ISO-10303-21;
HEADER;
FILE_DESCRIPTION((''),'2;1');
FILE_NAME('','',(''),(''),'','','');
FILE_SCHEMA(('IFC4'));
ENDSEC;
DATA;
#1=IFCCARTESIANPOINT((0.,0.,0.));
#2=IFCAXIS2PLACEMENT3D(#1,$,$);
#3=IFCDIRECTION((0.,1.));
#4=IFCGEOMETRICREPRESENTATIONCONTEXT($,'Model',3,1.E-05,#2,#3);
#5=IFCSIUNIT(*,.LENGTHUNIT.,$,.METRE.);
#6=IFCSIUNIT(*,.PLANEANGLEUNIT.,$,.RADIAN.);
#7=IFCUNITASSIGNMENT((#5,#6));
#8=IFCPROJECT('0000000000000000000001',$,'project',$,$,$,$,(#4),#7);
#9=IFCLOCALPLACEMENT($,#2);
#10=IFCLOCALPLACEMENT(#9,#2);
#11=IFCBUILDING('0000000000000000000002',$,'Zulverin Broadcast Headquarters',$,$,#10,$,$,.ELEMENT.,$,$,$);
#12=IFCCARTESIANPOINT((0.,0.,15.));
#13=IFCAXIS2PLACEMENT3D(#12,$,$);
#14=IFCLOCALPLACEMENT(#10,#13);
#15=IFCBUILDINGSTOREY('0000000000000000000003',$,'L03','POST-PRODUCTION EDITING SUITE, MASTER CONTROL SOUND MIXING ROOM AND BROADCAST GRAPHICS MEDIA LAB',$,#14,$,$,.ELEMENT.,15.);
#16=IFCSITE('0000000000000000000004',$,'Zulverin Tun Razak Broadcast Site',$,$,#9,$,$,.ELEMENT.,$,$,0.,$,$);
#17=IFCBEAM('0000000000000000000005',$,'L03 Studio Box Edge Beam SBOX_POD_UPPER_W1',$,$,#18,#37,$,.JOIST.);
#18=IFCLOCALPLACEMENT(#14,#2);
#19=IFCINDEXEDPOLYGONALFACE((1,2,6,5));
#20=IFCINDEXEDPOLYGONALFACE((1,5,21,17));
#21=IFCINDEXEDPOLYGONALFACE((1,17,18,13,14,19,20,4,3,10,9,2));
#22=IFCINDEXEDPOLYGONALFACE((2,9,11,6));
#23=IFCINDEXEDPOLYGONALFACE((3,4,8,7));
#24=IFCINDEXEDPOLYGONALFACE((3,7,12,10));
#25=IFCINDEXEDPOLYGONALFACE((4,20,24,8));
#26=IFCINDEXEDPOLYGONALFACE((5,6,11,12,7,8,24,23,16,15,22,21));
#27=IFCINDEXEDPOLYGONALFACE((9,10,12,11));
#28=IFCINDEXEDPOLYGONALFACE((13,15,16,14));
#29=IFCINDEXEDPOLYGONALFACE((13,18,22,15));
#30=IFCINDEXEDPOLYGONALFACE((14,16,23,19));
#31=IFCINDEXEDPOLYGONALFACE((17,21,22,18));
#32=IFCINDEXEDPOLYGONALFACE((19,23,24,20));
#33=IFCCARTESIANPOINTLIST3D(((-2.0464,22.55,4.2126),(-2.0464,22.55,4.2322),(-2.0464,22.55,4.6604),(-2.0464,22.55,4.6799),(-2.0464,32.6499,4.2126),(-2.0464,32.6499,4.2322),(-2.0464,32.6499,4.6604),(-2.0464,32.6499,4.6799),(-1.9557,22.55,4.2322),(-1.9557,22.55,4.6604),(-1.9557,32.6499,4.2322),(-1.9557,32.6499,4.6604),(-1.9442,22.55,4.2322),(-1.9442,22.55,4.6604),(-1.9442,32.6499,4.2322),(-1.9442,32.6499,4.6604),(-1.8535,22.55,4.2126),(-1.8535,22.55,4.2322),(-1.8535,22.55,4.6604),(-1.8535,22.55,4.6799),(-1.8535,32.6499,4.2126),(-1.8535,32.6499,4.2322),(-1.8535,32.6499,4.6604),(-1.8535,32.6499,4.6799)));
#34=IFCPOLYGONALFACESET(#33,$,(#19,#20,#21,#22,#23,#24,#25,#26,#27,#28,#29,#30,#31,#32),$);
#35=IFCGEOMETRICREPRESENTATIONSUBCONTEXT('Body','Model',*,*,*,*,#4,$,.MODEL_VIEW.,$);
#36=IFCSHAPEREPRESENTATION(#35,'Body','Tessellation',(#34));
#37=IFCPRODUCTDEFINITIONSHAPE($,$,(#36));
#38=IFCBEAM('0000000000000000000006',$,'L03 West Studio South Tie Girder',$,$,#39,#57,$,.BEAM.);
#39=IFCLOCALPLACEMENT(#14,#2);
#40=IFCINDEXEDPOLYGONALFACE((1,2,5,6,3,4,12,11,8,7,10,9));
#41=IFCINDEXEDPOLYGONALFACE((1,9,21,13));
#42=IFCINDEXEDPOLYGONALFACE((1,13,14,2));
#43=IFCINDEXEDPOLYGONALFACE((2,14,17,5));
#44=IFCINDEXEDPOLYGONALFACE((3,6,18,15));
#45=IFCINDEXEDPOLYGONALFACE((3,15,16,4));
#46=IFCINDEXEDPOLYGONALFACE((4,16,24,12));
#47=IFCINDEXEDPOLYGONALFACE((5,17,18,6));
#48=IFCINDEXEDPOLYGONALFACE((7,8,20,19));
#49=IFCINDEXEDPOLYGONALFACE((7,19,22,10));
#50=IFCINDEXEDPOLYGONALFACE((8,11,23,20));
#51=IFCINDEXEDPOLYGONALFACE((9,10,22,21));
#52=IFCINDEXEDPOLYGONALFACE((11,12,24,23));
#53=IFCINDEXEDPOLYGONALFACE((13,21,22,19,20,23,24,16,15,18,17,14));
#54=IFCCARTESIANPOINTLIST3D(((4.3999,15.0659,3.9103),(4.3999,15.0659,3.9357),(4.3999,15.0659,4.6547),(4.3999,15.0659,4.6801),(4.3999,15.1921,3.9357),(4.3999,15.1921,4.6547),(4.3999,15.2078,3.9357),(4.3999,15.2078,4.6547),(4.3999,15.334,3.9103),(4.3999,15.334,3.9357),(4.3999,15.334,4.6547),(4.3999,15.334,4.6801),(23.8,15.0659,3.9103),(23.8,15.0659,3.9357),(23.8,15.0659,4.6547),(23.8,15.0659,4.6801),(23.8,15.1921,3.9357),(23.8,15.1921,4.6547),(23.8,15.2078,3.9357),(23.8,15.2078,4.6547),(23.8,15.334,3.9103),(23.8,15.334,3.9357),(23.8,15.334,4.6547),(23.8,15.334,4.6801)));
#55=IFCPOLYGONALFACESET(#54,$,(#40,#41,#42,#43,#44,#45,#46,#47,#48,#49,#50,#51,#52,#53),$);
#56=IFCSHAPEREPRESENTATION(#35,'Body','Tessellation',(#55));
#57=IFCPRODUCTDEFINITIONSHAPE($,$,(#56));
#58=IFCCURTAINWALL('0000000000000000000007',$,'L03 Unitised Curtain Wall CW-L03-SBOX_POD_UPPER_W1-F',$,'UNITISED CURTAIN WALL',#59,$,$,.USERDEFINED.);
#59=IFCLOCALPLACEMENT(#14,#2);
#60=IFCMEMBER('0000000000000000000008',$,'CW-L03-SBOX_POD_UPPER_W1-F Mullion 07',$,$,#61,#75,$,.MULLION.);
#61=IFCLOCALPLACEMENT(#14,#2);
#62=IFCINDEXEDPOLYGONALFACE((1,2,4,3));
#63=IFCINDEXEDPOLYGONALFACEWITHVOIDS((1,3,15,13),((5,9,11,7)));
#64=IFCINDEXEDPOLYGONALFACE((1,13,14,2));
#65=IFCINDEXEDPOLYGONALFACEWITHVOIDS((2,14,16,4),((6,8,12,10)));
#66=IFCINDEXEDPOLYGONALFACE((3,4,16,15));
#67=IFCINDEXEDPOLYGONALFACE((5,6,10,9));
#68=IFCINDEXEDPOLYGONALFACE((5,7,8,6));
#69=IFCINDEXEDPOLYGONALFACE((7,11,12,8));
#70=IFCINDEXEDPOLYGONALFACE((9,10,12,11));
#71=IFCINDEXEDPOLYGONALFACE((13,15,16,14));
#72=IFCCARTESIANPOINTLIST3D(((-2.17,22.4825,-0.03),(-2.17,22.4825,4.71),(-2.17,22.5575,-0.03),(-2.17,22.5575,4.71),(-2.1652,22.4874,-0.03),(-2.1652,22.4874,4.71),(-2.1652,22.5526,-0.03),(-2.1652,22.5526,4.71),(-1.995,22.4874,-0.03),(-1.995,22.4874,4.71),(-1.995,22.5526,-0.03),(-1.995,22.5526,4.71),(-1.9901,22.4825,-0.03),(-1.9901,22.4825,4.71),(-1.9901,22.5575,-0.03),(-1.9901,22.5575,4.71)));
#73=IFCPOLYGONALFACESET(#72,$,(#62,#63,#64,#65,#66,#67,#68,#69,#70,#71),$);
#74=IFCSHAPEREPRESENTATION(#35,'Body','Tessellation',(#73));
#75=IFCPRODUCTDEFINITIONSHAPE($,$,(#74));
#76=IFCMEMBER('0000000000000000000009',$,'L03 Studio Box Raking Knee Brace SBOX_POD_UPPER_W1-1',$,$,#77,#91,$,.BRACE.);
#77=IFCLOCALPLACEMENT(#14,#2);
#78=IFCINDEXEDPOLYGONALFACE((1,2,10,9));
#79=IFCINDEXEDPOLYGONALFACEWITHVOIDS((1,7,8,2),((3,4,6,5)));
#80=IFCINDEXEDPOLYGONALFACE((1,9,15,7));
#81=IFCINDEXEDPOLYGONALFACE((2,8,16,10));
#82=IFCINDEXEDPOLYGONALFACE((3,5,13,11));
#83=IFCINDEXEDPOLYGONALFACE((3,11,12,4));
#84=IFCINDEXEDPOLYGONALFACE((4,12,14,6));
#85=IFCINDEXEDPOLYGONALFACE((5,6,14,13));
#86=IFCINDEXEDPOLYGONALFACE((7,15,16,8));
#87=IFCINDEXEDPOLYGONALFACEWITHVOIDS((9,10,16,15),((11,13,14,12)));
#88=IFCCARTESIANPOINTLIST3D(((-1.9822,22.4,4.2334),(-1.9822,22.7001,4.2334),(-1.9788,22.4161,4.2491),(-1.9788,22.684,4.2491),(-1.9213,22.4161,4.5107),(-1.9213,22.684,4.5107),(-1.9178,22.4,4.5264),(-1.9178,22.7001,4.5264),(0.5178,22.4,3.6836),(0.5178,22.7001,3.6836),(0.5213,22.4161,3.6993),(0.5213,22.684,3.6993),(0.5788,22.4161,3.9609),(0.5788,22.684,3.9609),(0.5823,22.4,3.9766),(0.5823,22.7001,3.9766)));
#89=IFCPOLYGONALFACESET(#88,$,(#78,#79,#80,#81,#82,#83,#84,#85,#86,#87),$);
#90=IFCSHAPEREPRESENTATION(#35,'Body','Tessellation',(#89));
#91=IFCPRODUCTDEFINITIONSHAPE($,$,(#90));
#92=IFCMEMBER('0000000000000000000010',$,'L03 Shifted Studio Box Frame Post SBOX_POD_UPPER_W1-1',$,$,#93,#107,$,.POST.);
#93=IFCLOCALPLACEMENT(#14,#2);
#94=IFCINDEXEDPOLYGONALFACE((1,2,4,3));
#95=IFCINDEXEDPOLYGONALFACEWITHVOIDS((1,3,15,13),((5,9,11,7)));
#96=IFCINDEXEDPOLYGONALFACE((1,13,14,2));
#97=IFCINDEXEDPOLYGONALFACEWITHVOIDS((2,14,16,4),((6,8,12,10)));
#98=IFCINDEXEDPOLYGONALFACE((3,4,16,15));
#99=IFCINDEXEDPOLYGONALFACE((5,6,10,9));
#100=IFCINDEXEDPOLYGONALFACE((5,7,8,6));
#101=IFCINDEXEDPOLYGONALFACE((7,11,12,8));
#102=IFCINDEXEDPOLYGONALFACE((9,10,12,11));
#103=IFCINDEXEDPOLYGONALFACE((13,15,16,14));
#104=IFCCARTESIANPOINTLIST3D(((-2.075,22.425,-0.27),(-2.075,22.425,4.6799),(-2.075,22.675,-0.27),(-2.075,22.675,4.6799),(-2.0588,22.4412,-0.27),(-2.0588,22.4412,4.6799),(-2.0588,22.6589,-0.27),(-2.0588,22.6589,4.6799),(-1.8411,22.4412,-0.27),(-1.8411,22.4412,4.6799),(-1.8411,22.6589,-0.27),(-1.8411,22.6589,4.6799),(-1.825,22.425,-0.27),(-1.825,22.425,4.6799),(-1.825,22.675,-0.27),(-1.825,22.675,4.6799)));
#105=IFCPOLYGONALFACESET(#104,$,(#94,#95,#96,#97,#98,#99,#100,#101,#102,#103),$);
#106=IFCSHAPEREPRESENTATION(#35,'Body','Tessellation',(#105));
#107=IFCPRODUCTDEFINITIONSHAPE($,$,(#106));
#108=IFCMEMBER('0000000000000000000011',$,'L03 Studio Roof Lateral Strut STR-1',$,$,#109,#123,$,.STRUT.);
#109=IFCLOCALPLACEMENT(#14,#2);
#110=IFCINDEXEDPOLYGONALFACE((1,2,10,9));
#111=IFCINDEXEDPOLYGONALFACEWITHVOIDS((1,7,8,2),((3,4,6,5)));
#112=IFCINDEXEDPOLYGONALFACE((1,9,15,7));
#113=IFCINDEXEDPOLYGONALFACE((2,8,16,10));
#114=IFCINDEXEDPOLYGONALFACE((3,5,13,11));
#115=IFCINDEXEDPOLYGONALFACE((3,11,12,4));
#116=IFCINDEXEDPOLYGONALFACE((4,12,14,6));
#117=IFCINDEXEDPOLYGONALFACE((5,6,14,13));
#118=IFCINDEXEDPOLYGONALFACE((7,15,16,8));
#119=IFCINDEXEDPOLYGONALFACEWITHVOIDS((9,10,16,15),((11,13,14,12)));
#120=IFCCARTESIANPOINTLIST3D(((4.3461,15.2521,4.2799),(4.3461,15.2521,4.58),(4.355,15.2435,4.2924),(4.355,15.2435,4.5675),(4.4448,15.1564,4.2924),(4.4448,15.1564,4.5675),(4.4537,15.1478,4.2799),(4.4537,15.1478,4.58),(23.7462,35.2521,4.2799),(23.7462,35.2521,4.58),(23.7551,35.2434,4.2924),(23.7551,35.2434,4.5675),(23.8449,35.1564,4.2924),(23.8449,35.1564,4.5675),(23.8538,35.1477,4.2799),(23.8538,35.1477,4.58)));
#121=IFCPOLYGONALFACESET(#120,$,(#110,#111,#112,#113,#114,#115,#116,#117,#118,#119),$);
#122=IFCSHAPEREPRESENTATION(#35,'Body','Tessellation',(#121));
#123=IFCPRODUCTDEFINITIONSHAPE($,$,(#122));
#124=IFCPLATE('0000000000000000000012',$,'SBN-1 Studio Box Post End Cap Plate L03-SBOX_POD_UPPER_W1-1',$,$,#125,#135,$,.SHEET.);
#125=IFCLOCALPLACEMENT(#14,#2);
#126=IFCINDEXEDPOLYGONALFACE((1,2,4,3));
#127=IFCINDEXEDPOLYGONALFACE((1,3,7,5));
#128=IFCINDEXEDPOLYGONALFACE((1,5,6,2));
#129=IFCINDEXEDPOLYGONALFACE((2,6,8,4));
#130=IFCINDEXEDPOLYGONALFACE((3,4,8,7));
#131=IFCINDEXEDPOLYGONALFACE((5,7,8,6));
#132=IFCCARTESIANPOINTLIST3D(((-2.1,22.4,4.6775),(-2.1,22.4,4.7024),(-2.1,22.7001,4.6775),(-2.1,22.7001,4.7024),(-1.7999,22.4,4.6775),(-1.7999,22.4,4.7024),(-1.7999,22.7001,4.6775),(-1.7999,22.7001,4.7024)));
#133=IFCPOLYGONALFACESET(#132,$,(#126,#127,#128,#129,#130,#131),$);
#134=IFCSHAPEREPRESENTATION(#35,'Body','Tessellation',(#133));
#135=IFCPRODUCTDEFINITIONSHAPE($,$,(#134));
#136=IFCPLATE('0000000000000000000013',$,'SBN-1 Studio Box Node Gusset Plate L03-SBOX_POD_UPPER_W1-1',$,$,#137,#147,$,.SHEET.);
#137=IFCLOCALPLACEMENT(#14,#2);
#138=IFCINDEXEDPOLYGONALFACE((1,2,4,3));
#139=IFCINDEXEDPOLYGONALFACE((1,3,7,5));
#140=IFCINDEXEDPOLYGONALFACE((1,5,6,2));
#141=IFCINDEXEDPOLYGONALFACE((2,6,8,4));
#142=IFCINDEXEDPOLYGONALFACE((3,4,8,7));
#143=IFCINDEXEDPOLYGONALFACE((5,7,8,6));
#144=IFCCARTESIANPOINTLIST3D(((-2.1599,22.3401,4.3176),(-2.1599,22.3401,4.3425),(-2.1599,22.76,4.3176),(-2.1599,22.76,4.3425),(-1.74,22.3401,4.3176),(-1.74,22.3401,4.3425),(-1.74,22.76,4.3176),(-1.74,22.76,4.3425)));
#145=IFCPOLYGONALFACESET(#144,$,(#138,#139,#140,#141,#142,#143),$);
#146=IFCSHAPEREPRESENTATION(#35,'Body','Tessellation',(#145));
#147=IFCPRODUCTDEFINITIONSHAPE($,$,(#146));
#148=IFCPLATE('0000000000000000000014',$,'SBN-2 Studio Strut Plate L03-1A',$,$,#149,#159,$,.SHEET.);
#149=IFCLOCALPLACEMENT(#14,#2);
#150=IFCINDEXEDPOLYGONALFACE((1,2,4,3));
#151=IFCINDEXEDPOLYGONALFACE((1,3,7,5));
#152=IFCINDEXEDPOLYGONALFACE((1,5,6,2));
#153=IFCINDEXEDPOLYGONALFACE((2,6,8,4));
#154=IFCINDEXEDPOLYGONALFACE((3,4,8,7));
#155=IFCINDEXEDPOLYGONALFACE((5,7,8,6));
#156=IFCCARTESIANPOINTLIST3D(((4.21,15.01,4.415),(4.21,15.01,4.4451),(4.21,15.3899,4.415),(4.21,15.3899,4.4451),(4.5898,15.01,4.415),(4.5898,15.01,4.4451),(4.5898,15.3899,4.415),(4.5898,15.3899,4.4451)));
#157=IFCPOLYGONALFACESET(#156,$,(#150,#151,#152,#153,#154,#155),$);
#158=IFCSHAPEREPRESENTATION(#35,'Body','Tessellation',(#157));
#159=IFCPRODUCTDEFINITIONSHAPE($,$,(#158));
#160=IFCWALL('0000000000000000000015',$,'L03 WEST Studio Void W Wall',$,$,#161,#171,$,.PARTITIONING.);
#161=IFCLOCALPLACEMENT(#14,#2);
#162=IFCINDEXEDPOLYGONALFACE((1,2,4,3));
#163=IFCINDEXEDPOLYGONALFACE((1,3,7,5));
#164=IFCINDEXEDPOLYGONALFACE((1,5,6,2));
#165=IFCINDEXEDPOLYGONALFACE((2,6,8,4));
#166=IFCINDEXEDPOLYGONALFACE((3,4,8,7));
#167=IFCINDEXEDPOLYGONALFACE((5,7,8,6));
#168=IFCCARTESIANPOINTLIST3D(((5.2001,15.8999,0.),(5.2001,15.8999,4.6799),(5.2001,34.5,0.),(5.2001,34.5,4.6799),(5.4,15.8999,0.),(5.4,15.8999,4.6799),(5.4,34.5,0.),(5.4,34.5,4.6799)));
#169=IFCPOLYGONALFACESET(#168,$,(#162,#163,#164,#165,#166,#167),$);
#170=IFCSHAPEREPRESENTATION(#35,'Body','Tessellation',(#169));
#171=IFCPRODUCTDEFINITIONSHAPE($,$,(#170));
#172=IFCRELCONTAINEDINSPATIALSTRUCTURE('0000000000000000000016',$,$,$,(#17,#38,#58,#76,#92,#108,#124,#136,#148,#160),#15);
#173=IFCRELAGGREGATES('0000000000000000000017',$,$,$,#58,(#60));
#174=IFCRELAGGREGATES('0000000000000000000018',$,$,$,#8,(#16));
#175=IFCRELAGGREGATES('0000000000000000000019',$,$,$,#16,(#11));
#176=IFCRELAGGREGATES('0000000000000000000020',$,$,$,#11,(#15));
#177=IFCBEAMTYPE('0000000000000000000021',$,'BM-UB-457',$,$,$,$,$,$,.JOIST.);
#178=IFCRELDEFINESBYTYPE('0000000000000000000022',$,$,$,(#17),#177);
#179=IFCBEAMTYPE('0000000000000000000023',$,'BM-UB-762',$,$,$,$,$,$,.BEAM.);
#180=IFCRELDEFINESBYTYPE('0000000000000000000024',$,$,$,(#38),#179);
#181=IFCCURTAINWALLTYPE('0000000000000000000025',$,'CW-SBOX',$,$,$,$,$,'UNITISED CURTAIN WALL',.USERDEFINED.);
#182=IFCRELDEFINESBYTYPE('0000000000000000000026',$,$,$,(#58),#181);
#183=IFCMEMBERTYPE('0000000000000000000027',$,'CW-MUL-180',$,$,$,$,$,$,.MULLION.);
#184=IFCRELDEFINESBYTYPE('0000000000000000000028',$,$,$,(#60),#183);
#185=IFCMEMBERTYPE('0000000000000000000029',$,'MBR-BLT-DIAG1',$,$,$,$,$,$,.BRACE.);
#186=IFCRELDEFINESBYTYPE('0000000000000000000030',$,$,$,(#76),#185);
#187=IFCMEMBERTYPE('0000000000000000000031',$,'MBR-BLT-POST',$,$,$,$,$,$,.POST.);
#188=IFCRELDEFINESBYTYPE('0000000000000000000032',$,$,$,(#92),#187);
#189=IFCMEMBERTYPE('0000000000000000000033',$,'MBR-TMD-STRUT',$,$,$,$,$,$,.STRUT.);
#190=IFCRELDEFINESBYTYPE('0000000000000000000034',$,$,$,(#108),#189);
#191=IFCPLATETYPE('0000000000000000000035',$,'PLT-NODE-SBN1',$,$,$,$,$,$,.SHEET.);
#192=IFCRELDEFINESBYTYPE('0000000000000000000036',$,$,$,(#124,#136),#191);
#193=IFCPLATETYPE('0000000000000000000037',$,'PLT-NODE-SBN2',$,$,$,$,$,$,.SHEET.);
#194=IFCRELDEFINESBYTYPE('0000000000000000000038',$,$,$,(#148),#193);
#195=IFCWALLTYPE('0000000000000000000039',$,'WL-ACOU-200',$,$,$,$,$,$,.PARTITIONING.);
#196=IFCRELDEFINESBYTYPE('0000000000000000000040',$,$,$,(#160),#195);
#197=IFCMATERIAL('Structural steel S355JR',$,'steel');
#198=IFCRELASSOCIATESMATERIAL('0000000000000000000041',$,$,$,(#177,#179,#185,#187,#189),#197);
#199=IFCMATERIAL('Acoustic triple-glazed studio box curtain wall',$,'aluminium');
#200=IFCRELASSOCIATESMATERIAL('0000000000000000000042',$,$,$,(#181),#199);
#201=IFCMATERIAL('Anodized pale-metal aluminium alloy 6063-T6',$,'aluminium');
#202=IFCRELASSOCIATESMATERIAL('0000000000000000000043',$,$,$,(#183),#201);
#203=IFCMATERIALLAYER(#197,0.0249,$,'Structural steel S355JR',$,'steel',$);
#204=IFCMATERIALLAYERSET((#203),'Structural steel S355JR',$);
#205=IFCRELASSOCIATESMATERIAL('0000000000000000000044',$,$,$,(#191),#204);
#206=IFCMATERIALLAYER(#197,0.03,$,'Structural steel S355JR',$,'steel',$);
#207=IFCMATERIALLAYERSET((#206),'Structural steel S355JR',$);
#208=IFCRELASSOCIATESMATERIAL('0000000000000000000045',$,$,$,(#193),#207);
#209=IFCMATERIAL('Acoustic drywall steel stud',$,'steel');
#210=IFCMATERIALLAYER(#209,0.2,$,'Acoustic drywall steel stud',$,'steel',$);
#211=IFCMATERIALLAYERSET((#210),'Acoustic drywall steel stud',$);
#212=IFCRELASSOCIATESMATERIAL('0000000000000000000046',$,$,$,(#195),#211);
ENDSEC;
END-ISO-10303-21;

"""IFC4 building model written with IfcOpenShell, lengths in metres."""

from ifc_helpers import new_model, si_unit, direction, frame, frame_2d, origin, origin_2d, place, context, subcontext, project, spatial, rectangle, hollow_rectangle, i_section, extrude, material, layer, layer_set, material_profile, profile_set, type_object, element, aggregate, save


model = new_model("IFC4")

# Units and contexts
model_context = context("Model", 3, precision=1e-05, world=origin(), true_north=direction((0.0, 1.0)))
body_context = subcontext(model_context, "Body", "Model", "MODEL_VIEW")
ifc_project = project(units=[si_unit("LENGTHUNIT", "METRE"), si_unit("PLANEANGLEUNIT", "RADIAN")], contexts=[model_context])

# Site, building, storey
site_placement = place(None, origin())
site = spatial("IfcSite", under=ifc_project, at=site_placement, Name="Zulverin Tun Razak Broadcast Site", CompositionType="ELEMENT", RefElevation=0.0)
building_placement = place(site_placement, origin())
building = spatial("IfcBuilding", under=site, at=building_placement, Name="Zulverin Broadcast Headquarters", CompositionType="ELEMENT")
storey_placement = place(building_placement, frame((0.0, 0.0, 15.0)))
storey = spatial("IfcBuildingStorey", under=building, at=storey_placement, Name="L03", Description="POST-PRODUCTION EDITING SUITE, MASTER CONTROL SOUND MIXING ROOM AND BROADCAST GRAPHICS MEDIA LAB", CompositionType="ELEMENT", Elevation=15.0)

# Beams
ifc_material_1 = material(Name="Structural steel S355JR", Category="steel")
ifc_material_profile_1 = material_profile(ifc_material_1, i_section(OverallWidth=0.1929, OverallDepth=0.4673, WebThickness=0.0115, FlangeThickness=0.0195, at=origin_2d()), Name="Structural steel S355JR", Category="steel")
ifc_profile_set_1 = profile_set([ifc_material_profile_1], Name="Structural steel S355JR")
beam_type_1 = type_object("IfcBeamType", Name="BM-UB-457", PredefinedType="JOIST", material=ifc_profile_set_1)
beam_1_placement = place(storey_placement, frame((-1.95, 22.55, 4.4463), z_axis=(0.0, 1.0, 0.0), x_axis=(-1.0, 0.0, 0.0)))
element("IfcBeam", 1, at=beam_1_placement, inside=storey, type_object=beam_type_1, Name="L03 Studio Box Edge Beam SBOX_POD_UPPER_W1", PredefinedType="JOIST", context=body_context, shape_type="SweptSolid", body=[
    extrude(i_section(OverallWidth=0.1929, OverallDepth=0.4673, WebThickness=0.0115, FlangeThickness=0.0195, at=origin_2d()), origin(), (0.0, 0.0, 1.0), 10.0999),
])
ifc_material_profile_2 = material_profile(ifc_material_1, i_section(OverallWidth=0.2681, OverallDepth=0.7698, WebThickness=0.0156, FlangeThickness=0.0254, at=origin_2d()), Name="Structural steel S355JR", Category="steel")
ifc_profile_set_2 = profile_set([ifc_material_profile_2], Name="Structural steel S355JR")
beam_type_2 = type_object("IfcBeamType", Name="BM-UB-762", PredefinedType="BEAM", material=ifc_profile_set_2)
beam_2_placement = place(storey_placement, frame((4.3999, 15.2, 4.2952), z_axis=(1.0, 0.0, 0.0), x_axis=(0.0, 1.0, 0.0)))
element("IfcBeam", 2, at=beam_2_placement, inside=storey, type_object=beam_type_2, Name="L03 West Studio South Tie Girder", PredefinedType="BEAM", context=body_context, shape_type="SweptSolid", body=[
    extrude(i_section(OverallWidth=0.2681, OverallDepth=0.7698, WebThickness=0.0156, FlangeThickness=0.0254, at=origin_2d()), origin(), (0.0, 0.0, 1.0), 19.4001),
])

# Curtain wall, member
ifc_material_2 = material(Name="Acoustic triple-glazed studio box curtain wall", Category="aluminium")
curtain_wall_type = type_object("IfcCurtainWallType", Name="CW-SBOX", ElementType="UNITISED CURTAIN WALL", PredefinedType="USERDEFINED", material=ifc_material_2)
curtain_wall_placement = place(storey_placement, origin())
curtain_wall = element("IfcCurtainWall", 3, at=curtain_wall_placement, inside=storey, type_object=curtain_wall_type, Name="L03 Unitised Curtain Wall CW-L03-SBOX_POD_UPPER_W1-F", ObjectType="UNITISED CURTAIN WALL", PredefinedType="USERDEFINED")
ifc_material_3 = material(Name="Anodized pale-metal aluminium alloy 6063-T6", Category="aluminium")
ifc_material_profile_3 = material_profile(ifc_material_3, hollow_rectangle(XDim=0.075, YDim=0.1799, WallThickness=0.0049, at=origin_2d()), Name="Anodized pale-metal aluminium alloy 6063-T6", Category="aluminium")
ifc_profile_set_3 = profile_set([ifc_material_profile_3], Name="Anodized pale-metal aluminium alloy 6063-T6")
member_type_1 = type_object("IfcMemberType", Name="CW-MUL-180", PredefinedType="MULLION", material=ifc_profile_set_3)
member_1_placement = place(storey_placement, frame((-2.0801, 22.52, -0.03), z_axis=(0.0, 0.0, 1.0), x_axis=(0.0, -1.0, 0.0)))
member_1 = element("IfcMember", 4, at=member_1_placement, type_object=member_type_1, Name="CW-L03-SBOX_POD_UPPER_W1-F Mullion 07", PredefinedType="MULLION", context=body_context, shape_type="SweptSolid", body=[
    extrude(hollow_rectangle(XDim=0.075, YDim=0.1799, WallThickness=0.0049, at=origin_2d()), origin(), (0.0, 0.0, 1.0), 4.74),
])
aggregate(curtain_wall, [member_1])

# Members
ifc_material_profile_4 = material_profile(ifc_material_1, hollow_rectangle(XDim=0.3, YDim=0.3, WallThickness=0.0161, at=origin_2d()), Name="Structural steel S355JR", Category="steel")
ifc_profile_set_4 = profile_set([ifc_material_profile_4], Name="Structural steel S355JR")
member_type_2 = type_object("IfcMemberType", Name="MBR-BLT-DIAG1", PredefinedType="BRACE", material=ifc_profile_set_4)
member_2_placement = place(storey_placement, frame((0.55, 22.55, 3.8301), z_axis=(-0.97666, 0.0, 0.214789), x_axis=(0.0, -1.0, 0.0)))
element("IfcMember", 5, at=member_2_placement, inside=storey, type_object=member_type_2, Name="L03 Studio Box Raking Knee Brace SBOX_POD_UPPER_W1-1", PredefinedType="BRACE", context=body_context, shape_type="SweptSolid", body=[
    extrude(hollow_rectangle(XDim=0.3, YDim=0.3, WallThickness=0.0161, at=origin_2d()), origin(), (0.0, 0.0, 1.0), 2.5598),
])
ifc_material_profile_5 = material_profile(ifc_material_1, hollow_rectangle(XDim=0.25, YDim=0.25, WallThickness=0.0161, at=origin_2d()), Name="Structural steel S355JR", Category="steel")
ifc_profile_set_5 = profile_set([ifc_material_profile_5], Name="Structural steel S355JR")
member_type_3 = type_object("IfcMemberType", Name="MBR-BLT-POST", PredefinedType="POST", material=ifc_profile_set_5)
member_3_placement = place(storey_placement, frame((-1.95, 22.55, -0.27), z_axis=(0.0, 0.0, 1.0), x_axis=(1.0, 0.0, 0.0)))
element("IfcMember", 6, at=member_3_placement, inside=storey, type_object=member_type_3, Name="L03 Shifted Studio Box Frame Post SBOX_POD_UPPER_W1-1", PredefinedType="POST", context=body_context, shape_type="SweptSolid", body=[
    extrude(hollow_rectangle(XDim=0.25, YDim=0.25, WallThickness=0.0161, at=origin_2d()), origin(), (0.0, 0.0, 1.0), 4.95),
])
ifc_material_profile_6 = material_profile(ifc_material_1, hollow_rectangle(XDim=0.1499, YDim=0.3, WallThickness=0.0125, at=origin_2d()), Name="Structural steel S355JR", Category="steel")
ifc_profile_set_6 = profile_set([ifc_material_profile_6], Name="Structural steel S355JR")
member_type_4 = type_object("IfcMemberType", Name="MBR-TMD-STRUT", PredefinedType="STRUT", material=ifc_profile_set_6)
member_4_placement = place(storey_placement, frame((4.3999, 15.2, 4.4299), z_axis=(0.696261, 0.717789, 0.0), x_axis=(-0.717789, 0.696261, 0.0)))
element("IfcMember", 7, at=member_4_placement, inside=storey, type_object=member_type_4, Name="L03 Studio Roof Lateral Strut STR-1", PredefinedType="STRUT", context=body_context, shape_type="SweptSolid", body=[
    extrude(hollow_rectangle(XDim=0.1499, YDim=0.3, WallThickness=0.0125, at=origin_2d()), origin(), (0.0, 0.0, 1.0), 27.8633),
])

# Plates
ifc_layer_1 = layer(ifc_material_1, 0.0249, Name="Structural steel S355JR", Category="steel")
ifc_layer_set_1 = layer_set([ifc_layer_1], Name="Structural steel S355JR")
plate_type_1 = type_object("IfcPlateType", Name="PLT-NODE-SBN1", PredefinedType="SHEET", material=ifc_layer_set_1)
plate_1_placement = place(storey_placement, frame((-1.95, 22.55, 4.6775), z_axis=(0.0, 0.0, 1.0), x_axis=(1.0, 0.0, 0.0)))
element("IfcPlate", 8, at=plate_1_placement, inside=storey, type_object=plate_type_1, Name="SBN-1 Studio Box Post End Cap Plate L03-SBOX_POD_UPPER_W1-1", PredefinedType="SHEET", context=body_context, shape_type="SweptSolid", body=[
    extrude(rectangle(XDim=0.3, YDim=0.3, at=origin_2d()), origin(), (0.0, 0.0, 1.0), 0.0249),
])
plate_2_placement = place(storey_placement, frame((-1.95, 22.55, 4.3176), z_axis=(0.0, 0.0, 1.0), x_axis=(1.0, 0.0, 0.0)))
element("IfcPlate", 9, at=plate_2_placement, inside=storey, type_object=plate_type_1, Name="SBN-1 Studio Box Node Gusset Plate L03-SBOX_POD_UPPER_W1-1", PredefinedType="SHEET", context=body_context, shape_type="SweptSolid", body=[
    extrude(rectangle(XDim=0.4199, YDim=0.4199, at=origin_2d()), origin(), (0.0, 0.0, 1.0), 0.0249),
])
ifc_layer_2 = layer(ifc_material_1, 0.03, Name="Structural steel S355JR", Category="steel")
ifc_layer_set_2 = layer_set([ifc_layer_2], Name="Structural steel S355JR")
plate_type_2 = type_object("IfcPlateType", Name="PLT-NODE-SBN2", PredefinedType="SHEET", material=ifc_layer_set_2)
plate_3_placement = place(storey_placement, frame((4.3999, 15.2, 4.415), z_axis=(0.0, 0.0, 1.0), x_axis=(1.0, 0.0, 0.0)))
element("IfcPlate", 10, at=plate_3_placement, inside=storey, type_object=plate_type_2, Name="SBN-2 Studio Strut Plate L03-1A", PredefinedType="SHEET", context=body_context, shape_type="SweptSolid", body=[
    extrude(rectangle(XDim=0.3799, YDim=0.3799, at=origin_2d()), origin(), (0.0, 0.0, 1.0), 0.03),
])

# Wall
ifc_material_4 = material(Name="Acoustic drywall steel stud", Category="steel")
ifc_layer_3 = layer(ifc_material_4, 0.2, Name="Acoustic drywall steel stud", Category="steel")
ifc_layer_set_3 = layer_set([ifc_layer_3], Name="Acoustic drywall steel stud")
wall_type_1 = type_object("IfcWallType", Name="WL-ACOU-200", PredefinedType="PARTITIONING", material=ifc_layer_set_3)
wall_1_placement = place(storey_placement, frame((5.3, 15.8999, 0.0), z_axis=(0.0, 0.0, 1.0), x_axis=(0.0, 1.0, 0.0)))
element("IfcWall", 11, at=wall_1_placement, inside=storey, type_object=wall_type_1, Name="L03 WEST Studio Void W Wall", PredefinedType="PARTITIONING", context=body_context, shape_type="SweptSolid", body=[
    extrude(rectangle(XDim=18.6001, YDim=0.2, at=frame_2d((9.3, 0.0))), origin(), (0.0, 0.0, 1.0), 4.6799),
])

save(model, "model.ifc")
